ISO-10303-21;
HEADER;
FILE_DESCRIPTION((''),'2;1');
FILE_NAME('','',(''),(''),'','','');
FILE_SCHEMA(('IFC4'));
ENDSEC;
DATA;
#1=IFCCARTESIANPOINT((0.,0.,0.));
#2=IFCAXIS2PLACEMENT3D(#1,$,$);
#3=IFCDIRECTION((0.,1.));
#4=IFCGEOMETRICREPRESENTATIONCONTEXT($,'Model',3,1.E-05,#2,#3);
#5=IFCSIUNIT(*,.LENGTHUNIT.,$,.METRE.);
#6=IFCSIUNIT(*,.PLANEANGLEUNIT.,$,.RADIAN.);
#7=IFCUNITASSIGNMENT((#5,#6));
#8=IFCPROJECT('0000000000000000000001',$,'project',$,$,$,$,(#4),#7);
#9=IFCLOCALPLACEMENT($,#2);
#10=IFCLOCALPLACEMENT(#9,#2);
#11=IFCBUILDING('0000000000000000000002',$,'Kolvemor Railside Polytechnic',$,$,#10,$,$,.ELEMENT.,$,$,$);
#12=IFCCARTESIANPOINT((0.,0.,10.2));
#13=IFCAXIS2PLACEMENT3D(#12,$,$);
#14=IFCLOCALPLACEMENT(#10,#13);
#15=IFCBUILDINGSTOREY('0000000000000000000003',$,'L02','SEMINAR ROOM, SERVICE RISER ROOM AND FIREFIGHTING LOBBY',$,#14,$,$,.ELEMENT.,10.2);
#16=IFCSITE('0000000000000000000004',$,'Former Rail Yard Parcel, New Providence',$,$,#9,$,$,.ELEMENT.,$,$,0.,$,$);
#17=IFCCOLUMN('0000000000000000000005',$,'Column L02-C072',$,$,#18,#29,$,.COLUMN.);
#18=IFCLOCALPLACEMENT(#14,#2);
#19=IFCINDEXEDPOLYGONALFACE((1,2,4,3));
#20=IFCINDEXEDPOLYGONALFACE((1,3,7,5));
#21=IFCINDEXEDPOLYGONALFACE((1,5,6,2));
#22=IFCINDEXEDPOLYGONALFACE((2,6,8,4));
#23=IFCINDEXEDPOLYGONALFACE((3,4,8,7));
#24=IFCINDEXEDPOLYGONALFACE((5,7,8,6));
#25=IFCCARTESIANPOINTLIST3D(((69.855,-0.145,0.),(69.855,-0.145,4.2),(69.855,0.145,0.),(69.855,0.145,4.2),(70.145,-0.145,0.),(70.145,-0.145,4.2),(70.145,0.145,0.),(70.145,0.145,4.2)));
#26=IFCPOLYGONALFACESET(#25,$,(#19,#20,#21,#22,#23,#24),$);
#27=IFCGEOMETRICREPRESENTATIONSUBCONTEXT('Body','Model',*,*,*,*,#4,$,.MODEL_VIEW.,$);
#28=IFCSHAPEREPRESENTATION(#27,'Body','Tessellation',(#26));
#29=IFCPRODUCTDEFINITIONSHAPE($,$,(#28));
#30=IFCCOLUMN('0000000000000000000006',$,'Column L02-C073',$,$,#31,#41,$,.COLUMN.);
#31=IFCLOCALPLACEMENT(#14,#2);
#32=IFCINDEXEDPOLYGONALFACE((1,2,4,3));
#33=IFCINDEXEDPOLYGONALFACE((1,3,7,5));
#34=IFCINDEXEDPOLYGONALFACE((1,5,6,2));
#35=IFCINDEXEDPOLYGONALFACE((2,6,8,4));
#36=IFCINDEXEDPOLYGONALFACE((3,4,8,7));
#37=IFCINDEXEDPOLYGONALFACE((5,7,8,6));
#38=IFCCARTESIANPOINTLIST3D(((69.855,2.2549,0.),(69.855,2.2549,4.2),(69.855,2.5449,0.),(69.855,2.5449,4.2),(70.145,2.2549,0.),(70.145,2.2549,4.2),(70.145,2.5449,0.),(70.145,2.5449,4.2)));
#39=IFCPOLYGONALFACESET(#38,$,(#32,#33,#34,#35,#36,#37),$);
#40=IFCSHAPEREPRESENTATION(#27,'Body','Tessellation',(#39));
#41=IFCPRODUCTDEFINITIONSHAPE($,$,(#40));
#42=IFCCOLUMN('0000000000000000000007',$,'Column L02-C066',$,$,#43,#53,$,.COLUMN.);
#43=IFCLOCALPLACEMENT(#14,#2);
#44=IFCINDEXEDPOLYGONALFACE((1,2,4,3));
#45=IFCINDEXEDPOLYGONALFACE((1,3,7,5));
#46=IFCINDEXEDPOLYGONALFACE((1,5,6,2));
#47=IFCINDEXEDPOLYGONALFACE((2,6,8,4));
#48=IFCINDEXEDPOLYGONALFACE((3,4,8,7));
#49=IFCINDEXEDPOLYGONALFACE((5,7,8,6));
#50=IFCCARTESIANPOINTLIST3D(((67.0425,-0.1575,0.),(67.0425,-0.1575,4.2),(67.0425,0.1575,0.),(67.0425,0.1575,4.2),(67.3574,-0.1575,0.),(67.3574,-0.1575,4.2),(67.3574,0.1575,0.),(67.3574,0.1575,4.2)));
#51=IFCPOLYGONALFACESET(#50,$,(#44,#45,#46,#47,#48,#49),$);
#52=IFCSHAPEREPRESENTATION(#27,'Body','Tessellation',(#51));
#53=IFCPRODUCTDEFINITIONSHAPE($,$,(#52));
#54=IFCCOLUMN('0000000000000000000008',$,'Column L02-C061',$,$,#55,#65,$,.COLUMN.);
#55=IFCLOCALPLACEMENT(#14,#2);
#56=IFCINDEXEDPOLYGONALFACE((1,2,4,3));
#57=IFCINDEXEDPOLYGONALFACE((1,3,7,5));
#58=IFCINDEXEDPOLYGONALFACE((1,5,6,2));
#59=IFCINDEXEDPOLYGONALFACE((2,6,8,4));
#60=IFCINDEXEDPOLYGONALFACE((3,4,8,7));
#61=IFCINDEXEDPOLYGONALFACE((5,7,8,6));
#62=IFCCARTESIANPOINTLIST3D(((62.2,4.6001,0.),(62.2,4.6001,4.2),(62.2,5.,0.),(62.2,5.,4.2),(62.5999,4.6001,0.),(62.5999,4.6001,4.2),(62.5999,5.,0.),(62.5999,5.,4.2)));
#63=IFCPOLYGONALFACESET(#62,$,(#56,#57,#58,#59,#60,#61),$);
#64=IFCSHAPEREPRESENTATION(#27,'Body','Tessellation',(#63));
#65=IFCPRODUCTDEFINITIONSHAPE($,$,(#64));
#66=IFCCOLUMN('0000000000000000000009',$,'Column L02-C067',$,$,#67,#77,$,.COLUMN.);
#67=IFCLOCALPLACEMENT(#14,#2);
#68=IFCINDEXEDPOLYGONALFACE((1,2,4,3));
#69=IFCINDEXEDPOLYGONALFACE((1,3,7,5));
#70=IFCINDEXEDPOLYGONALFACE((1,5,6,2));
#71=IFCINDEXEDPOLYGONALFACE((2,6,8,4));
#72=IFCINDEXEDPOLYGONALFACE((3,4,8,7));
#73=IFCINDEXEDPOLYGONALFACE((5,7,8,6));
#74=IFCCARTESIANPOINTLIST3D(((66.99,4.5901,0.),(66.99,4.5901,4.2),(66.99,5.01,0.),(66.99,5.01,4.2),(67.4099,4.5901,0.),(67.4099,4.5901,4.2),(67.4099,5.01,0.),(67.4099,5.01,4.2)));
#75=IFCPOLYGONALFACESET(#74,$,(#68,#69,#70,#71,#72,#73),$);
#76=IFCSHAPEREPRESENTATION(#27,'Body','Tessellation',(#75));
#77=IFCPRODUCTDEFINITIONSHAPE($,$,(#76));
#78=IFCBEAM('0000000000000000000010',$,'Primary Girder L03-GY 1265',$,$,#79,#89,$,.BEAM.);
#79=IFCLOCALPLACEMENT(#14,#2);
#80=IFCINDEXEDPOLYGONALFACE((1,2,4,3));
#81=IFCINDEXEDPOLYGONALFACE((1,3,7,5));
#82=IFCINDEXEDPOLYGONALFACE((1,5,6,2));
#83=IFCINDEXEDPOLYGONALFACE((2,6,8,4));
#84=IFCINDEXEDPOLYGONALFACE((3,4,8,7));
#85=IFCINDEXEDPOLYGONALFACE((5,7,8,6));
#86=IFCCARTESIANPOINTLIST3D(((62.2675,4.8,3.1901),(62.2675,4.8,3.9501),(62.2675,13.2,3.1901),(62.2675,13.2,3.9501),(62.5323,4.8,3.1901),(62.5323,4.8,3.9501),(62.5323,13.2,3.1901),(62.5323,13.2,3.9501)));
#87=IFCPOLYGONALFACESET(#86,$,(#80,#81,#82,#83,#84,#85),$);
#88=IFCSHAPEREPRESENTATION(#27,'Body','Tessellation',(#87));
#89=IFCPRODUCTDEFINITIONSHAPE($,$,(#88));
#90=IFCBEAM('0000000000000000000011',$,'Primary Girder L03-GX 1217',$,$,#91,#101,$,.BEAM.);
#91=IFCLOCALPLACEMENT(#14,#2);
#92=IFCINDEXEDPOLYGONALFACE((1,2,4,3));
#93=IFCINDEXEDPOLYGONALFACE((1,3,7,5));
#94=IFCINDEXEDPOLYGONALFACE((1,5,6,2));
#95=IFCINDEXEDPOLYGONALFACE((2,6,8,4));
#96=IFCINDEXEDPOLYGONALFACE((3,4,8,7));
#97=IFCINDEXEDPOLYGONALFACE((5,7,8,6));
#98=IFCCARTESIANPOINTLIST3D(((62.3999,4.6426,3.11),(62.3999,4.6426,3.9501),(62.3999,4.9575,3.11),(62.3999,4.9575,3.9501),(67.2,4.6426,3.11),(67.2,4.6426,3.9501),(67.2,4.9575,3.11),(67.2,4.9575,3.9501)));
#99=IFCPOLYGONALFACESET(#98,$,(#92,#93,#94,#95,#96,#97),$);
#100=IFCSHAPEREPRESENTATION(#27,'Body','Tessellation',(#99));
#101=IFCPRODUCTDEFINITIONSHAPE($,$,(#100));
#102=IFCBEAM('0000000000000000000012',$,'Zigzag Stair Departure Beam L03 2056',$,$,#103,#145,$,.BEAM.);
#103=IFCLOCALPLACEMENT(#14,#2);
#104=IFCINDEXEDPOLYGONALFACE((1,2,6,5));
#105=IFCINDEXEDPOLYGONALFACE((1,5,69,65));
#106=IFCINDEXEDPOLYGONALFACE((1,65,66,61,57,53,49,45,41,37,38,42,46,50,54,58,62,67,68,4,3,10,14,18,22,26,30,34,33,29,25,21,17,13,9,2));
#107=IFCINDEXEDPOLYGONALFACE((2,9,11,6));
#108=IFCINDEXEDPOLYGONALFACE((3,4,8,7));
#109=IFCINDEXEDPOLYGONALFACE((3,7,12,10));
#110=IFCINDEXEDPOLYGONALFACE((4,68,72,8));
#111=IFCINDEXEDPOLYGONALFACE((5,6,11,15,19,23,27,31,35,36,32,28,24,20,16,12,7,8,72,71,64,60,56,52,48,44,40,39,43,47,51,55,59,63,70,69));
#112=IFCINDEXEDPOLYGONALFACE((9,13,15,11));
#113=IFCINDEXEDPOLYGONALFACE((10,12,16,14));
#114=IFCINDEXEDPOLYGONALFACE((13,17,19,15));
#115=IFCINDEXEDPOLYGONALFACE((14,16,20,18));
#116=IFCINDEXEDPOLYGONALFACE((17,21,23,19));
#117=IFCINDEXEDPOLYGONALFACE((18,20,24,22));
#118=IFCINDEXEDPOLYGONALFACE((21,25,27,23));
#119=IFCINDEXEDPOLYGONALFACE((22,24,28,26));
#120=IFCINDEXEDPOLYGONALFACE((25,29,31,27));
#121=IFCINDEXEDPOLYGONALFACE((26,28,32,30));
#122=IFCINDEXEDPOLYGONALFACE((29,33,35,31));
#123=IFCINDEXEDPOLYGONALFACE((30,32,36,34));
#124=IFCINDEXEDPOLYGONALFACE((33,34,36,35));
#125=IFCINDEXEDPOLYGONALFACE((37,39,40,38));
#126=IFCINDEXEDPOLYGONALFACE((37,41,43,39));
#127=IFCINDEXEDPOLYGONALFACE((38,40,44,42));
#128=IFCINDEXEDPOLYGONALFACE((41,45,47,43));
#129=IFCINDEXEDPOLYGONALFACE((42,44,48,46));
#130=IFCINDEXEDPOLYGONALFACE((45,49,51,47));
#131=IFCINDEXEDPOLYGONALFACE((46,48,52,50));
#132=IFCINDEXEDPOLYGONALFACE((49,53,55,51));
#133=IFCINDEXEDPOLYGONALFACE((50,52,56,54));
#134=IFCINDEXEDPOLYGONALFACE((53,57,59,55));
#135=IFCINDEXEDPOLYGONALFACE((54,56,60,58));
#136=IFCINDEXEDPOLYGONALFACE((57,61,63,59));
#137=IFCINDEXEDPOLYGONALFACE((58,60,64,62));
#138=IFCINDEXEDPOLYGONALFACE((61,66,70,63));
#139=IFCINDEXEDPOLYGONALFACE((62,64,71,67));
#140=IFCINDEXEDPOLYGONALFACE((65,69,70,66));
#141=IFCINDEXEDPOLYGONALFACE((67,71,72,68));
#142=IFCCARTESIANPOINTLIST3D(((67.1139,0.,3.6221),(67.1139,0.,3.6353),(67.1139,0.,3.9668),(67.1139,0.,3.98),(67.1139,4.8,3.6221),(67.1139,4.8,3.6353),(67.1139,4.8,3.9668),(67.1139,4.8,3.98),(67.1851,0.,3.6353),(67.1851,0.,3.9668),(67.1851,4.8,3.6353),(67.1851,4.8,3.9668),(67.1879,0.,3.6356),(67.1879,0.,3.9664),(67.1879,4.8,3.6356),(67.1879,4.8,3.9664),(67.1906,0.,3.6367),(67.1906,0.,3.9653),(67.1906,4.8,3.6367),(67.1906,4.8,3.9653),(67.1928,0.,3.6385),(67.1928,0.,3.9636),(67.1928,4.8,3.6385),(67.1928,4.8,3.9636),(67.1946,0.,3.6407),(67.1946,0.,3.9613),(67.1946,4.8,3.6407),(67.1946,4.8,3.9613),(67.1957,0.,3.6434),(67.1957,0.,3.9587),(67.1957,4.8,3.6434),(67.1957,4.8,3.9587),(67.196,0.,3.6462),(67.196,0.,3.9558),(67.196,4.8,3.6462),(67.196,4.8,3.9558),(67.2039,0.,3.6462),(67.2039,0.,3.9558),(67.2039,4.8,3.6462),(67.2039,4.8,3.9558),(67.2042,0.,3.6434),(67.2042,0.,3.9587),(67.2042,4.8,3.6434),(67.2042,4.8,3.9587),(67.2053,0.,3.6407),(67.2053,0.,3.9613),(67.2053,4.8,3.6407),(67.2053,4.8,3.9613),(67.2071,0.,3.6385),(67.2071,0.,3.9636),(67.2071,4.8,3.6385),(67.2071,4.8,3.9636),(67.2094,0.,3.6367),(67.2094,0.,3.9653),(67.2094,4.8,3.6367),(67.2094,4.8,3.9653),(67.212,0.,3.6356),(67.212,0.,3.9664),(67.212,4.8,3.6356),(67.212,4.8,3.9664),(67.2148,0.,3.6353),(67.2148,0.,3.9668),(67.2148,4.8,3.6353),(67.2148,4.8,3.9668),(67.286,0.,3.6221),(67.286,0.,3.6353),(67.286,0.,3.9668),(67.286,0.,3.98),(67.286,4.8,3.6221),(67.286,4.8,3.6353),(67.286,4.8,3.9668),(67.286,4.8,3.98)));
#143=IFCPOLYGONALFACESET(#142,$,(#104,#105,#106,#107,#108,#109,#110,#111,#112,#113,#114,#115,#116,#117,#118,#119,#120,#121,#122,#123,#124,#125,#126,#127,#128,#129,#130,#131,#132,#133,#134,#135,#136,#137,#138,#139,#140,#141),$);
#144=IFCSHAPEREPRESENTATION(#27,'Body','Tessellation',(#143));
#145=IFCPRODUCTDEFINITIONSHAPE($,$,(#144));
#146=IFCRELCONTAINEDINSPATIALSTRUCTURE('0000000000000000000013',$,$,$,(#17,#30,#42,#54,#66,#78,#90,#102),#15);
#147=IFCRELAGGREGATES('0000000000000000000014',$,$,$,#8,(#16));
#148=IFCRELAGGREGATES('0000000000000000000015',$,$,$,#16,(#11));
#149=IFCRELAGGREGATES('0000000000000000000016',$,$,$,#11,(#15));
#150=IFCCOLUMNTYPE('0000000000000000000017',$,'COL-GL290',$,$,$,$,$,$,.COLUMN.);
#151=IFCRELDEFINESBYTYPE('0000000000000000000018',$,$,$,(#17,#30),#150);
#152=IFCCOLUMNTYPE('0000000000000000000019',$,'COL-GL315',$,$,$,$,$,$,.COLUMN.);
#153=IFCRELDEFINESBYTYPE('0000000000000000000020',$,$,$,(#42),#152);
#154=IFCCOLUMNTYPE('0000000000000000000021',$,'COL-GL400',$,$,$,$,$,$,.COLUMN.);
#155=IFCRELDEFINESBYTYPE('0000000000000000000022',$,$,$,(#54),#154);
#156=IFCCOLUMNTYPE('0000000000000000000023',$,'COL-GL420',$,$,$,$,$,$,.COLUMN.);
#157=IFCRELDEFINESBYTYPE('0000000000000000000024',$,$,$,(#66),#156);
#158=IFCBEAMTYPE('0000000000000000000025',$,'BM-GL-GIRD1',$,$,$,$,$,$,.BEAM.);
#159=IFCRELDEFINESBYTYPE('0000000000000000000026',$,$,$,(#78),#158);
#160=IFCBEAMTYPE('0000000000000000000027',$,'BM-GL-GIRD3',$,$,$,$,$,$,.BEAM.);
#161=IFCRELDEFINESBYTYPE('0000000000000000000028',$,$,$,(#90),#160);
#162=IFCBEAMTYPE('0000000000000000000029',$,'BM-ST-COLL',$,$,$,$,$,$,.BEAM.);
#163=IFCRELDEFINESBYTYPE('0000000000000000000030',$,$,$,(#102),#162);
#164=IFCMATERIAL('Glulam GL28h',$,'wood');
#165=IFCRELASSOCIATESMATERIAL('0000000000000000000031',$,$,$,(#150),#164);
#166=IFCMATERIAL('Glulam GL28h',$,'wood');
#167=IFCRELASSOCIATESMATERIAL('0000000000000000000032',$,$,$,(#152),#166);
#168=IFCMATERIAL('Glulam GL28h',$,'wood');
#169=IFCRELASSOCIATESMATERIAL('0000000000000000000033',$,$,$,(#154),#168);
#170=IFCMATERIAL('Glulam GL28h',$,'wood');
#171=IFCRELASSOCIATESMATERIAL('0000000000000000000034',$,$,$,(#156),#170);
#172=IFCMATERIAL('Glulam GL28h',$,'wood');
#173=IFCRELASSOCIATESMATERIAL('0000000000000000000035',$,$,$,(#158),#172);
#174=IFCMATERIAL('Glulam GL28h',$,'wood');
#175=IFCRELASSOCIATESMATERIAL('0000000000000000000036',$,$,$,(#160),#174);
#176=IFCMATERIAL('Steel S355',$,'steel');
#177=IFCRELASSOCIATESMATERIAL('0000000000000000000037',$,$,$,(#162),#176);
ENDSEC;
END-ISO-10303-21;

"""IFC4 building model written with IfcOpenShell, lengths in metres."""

from ifc_helpers import new_model, si_unit, direction, frame, origin, origin_2d, place, context, subcontext, project, spatial, rectangle, i_section, extrude, material, material_profile, profile_set, type_object, element, save


model = new_model("IFC4")

# Units and contexts
model_context = context("Model", 3, precision=1e-05, world=origin(), true_north=direction((0.0, 1.0)))
body_context = subcontext(model_context, "Body", "Model", "MODEL_VIEW")
ifc_project = project(units=[si_unit("LENGTHUNIT", "METRE"), si_unit("PLANEANGLEUNIT", "RADIAN")], contexts=[model_context])

# Site, building, storey
site_placement = place(None, origin())
site = spatial("IfcSite", under=ifc_project, at=site_placement, Name="Former Rail Yard Parcel, New Providence", CompositionType="ELEMENT", RefElevation=0.0)
building_placement = place(site_placement, origin())
building = spatial("IfcBuilding", under=site, at=building_placement, Name="Kolvemor Railside Polytechnic", CompositionType="ELEMENT")
storey_placement = place(building_placement, frame((0.0, 0.0, 10.2)))
storey = spatial("IfcBuildingStorey", under=building, at=storey_placement, Name="L02", Description="SEMINAR ROOM, SERVICE RISER ROOM AND FIREFIGHTING LOBBY", CompositionType="ELEMENT", Elevation=10.2)

# Columns
ifc_material_1 = material(Name="Glulam GL28h", Category="wood")
ifc_material_profile_1 = material_profile(ifc_material_1, rectangle(XDim=0.29, YDim=0.29, at=origin_2d()), Name="GL290x290")
ifc_profile_set_1 = profile_set([ifc_material_profile_1], Name="Glulam GL28h")
column_type_1 = type_object("IfcColumnType", Name="COL-GL290", PredefinedType="COLUMN", material=ifc_profile_set_1)
for number, where, z_axis, x_axis, name in (
    (1, (70.0, 0.0, 0.0), (0.0, 0.0, 1.0), (1.0, 0.0, 0.0), "Column L02-C072"),
    (2, (70.0, 2.3999, 0.0), (0.0, 0.0, 1.0), (1.0, 0.0, 0.0), "Column L02-C073"),
):
    element("IfcColumn", number, at=place(storey_placement, frame(where, z_axis=z_axis, x_axis=x_axis)), inside=storey, type_object=column_type_1, Name=name, PredefinedType="COLUMN", context=body_context, shape_type="SweptSolid", body=[
        extrude(rectangle(XDim=0.29, YDim=0.29, at=origin_2d()), origin(), (0.0, 0.0, 1.0), 4.2),
    ])
ifc_material_2 = material(Name="Glulam GL28h", Category="wood")
ifc_material_profile_2 = material_profile(ifc_material_2, rectangle(XDim=0.3149, YDim=0.3149, at=origin_2d()), Name="GL315x315")
ifc_profile_set_2 = profile_set([ifc_material_profile_2], Name="Glulam GL28h")
column_type_2 = type_object("IfcColumnType", Name="COL-GL315", PredefinedType="COLUMN", material=ifc_profile_set_2)
column_1_placement = place(storey_placement, frame((67.2, 0.0, 0.0), z_axis=(0.0, 0.0, 1.0), x_axis=(1.0, 0.0, 0.0)))
element("IfcColumn", 3, at=column_1_placement, inside=storey, type_object=column_type_2, Name="Column L02-C066", PredefinedType="COLUMN", context=body_context, shape_type="SweptSolid", body=[
    extrude(rectangle(XDim=0.3149, YDim=0.3149, at=origin_2d()), origin(), (0.0, 0.0, 1.0), 4.2),
])
ifc_material_3 = material(Name="Glulam GL28h", Category="wood")
ifc_material_profile_3 = material_profile(ifc_material_3, rectangle(XDim=0.3999, YDim=0.3999, at=origin_2d()), Name="GL400x400")
ifc_profile_set_3 = profile_set([ifc_material_profile_3], Name="Glulam GL28h")
column_type_3 = type_object("IfcColumnType", Name="COL-GL400", PredefinedType="COLUMN", material=ifc_profile_set_3)
column_2_placement = place(storey_placement, frame((62.3999, 4.8, 0.0), z_axis=(0.0, 0.0, 1.0), x_axis=(1.0, 0.0, 0.0)))
element("IfcColumn", 4, at=column_2_placement, inside=storey, type_object=column_type_3, Name="Column L02-C061", PredefinedType="COLUMN", context=body_context, shape_type="SweptSolid", body=[
    extrude(rectangle(XDim=0.3999, YDim=0.3999, at=origin_2d()), origin(), (0.0, 0.0, 1.0), 4.2),
])
ifc_material_4 = material(Name="Glulam GL28h", Category="wood")
ifc_material_profile_4 = material_profile(ifc_material_4, rectangle(XDim=0.4199, YDim=0.4199, at=origin_2d()), Name="GL420x420")
ifc_profile_set_4 = profile_set([ifc_material_profile_4], Name="Glulam GL28h")
column_type_4 = type_object("IfcColumnType", Name="COL-GL420", PredefinedType="COLUMN", material=ifc_profile_set_4)
column_3_placement = place(storey_placement, frame((67.2, 4.8, 0.0), z_axis=(0.0, 0.0, 1.0), x_axis=(1.0, 0.0, 0.0)))
element("IfcColumn", 5, at=column_3_placement, inside=storey, type_object=column_type_4, Name="Column L02-C067", PredefinedType="COLUMN", context=body_context, shape_type="SweptSolid", body=[
    extrude(rectangle(XDim=0.4199, YDim=0.4199, at=origin_2d()), origin(), (0.0, 0.0, 1.0), 4.2),
])

# Beams
ifc_material_5 = material(Name="Glulam GL28h", Category="wood")
ifc_material_profile_5 = material_profile(ifc_material_5, rectangle(XDim=0.2649, YDim=0.76, at=origin_2d()), Name="GL265x760")
ifc_profile_set_5 = profile_set([ifc_material_profile_5], Name="Glulam GL28h")
beam_type_1 = type_object("IfcBeamType", Name="BM-GL-GIRD1", PredefinedType="BEAM", material=ifc_profile_set_5)
beam_1_placement = place(storey_placement, frame((62.3999, 4.8, 3.5701), z_axis=(0.0, 1.0, 0.0), x_axis=(-1.0, 0.0, 0.0)))
element("IfcBeam", 6, at=beam_1_placement, inside=storey, type_object=beam_type_1, Name="Primary Girder L03-GY 1265", PredefinedType="BEAM", context=body_context, shape_type="SweptSolid", body=[
    extrude(rectangle(XDim=0.2649, YDim=0.76, at=origin_2d()), origin(), (0.0, 0.0, 1.0), 8.3999),
])
ifc_material_6 = material(Name="Glulam GL28h", Category="wood")
ifc_material_profile_6 = material_profile(ifc_material_6, rectangle(XDim=0.3149, YDim=0.8401, at=origin_2d()), Name="GL315x840")
ifc_profile_set_6 = profile_set([ifc_material_profile_6], Name="Glulam GL28h")
beam_type_2 = type_object("IfcBeamType", Name="BM-GL-GIRD3", PredefinedType="BEAM", material=ifc_profile_set_6)
beam_2_placement = place(storey_placement, frame((62.3999, 4.8, 3.53), z_axis=(1.0, 0.0, 0.0), x_axis=(0.0, 1.0, 0.0)))
element("IfcBeam", 7, at=beam_2_placement, inside=storey, type_object=beam_type_2, Name="Primary Girder L03-GX 1217", PredefinedType="BEAM", context=body_context, shape_type="SweptSolid", body=[
    extrude(rectangle(XDim=0.3149, YDim=0.8401, at=origin_2d()), origin(), (0.0, 0.0, 1.0), 4.8),
])
ifc_material_7 = material(Name="Steel S355", Category="steel")
ifc_material_profile_7 = material_profile(ifc_material_7, i_section(OverallWidth=0.1721, OverallDepth=0.3579, WebThickness=0.0078, FlangeThickness=0.0132, FilletRadius=0.011, at=origin_2d()), Name="W360x57")
ifc_profile_set_7 = profile_set([ifc_material_profile_7], Name="Steel S355")
beam_type_3 = type_object("IfcBeamType", Name="BM-ST-COLL", PredefinedType="BEAM", material=ifc_profile_set_7)
beam_3_placement = place(storey_placement, frame((67.2, 0.0, 3.801), z_axis=(0.0, 1.0, 0.0), x_axis=(-1.0, 0.0, 0.0)))
element("IfcBeam", 8, at=beam_3_placement, inside=storey, type_object=beam_type_3, Name="Zigzag Stair Departure Beam L03 2056", PredefinedType="BEAM", context=body_context, shape_type="SweptSolid", body=[
    extrude(i_section(OverallWidth=0.1721, OverallDepth=0.3579, WebThickness=0.0078, FlangeThickness=0.0132, FilletRadius=0.011, at=origin_2d()), origin(), (0.0, 0.0, 1.0), 4.8),
])

save(model, "model.ifc")
